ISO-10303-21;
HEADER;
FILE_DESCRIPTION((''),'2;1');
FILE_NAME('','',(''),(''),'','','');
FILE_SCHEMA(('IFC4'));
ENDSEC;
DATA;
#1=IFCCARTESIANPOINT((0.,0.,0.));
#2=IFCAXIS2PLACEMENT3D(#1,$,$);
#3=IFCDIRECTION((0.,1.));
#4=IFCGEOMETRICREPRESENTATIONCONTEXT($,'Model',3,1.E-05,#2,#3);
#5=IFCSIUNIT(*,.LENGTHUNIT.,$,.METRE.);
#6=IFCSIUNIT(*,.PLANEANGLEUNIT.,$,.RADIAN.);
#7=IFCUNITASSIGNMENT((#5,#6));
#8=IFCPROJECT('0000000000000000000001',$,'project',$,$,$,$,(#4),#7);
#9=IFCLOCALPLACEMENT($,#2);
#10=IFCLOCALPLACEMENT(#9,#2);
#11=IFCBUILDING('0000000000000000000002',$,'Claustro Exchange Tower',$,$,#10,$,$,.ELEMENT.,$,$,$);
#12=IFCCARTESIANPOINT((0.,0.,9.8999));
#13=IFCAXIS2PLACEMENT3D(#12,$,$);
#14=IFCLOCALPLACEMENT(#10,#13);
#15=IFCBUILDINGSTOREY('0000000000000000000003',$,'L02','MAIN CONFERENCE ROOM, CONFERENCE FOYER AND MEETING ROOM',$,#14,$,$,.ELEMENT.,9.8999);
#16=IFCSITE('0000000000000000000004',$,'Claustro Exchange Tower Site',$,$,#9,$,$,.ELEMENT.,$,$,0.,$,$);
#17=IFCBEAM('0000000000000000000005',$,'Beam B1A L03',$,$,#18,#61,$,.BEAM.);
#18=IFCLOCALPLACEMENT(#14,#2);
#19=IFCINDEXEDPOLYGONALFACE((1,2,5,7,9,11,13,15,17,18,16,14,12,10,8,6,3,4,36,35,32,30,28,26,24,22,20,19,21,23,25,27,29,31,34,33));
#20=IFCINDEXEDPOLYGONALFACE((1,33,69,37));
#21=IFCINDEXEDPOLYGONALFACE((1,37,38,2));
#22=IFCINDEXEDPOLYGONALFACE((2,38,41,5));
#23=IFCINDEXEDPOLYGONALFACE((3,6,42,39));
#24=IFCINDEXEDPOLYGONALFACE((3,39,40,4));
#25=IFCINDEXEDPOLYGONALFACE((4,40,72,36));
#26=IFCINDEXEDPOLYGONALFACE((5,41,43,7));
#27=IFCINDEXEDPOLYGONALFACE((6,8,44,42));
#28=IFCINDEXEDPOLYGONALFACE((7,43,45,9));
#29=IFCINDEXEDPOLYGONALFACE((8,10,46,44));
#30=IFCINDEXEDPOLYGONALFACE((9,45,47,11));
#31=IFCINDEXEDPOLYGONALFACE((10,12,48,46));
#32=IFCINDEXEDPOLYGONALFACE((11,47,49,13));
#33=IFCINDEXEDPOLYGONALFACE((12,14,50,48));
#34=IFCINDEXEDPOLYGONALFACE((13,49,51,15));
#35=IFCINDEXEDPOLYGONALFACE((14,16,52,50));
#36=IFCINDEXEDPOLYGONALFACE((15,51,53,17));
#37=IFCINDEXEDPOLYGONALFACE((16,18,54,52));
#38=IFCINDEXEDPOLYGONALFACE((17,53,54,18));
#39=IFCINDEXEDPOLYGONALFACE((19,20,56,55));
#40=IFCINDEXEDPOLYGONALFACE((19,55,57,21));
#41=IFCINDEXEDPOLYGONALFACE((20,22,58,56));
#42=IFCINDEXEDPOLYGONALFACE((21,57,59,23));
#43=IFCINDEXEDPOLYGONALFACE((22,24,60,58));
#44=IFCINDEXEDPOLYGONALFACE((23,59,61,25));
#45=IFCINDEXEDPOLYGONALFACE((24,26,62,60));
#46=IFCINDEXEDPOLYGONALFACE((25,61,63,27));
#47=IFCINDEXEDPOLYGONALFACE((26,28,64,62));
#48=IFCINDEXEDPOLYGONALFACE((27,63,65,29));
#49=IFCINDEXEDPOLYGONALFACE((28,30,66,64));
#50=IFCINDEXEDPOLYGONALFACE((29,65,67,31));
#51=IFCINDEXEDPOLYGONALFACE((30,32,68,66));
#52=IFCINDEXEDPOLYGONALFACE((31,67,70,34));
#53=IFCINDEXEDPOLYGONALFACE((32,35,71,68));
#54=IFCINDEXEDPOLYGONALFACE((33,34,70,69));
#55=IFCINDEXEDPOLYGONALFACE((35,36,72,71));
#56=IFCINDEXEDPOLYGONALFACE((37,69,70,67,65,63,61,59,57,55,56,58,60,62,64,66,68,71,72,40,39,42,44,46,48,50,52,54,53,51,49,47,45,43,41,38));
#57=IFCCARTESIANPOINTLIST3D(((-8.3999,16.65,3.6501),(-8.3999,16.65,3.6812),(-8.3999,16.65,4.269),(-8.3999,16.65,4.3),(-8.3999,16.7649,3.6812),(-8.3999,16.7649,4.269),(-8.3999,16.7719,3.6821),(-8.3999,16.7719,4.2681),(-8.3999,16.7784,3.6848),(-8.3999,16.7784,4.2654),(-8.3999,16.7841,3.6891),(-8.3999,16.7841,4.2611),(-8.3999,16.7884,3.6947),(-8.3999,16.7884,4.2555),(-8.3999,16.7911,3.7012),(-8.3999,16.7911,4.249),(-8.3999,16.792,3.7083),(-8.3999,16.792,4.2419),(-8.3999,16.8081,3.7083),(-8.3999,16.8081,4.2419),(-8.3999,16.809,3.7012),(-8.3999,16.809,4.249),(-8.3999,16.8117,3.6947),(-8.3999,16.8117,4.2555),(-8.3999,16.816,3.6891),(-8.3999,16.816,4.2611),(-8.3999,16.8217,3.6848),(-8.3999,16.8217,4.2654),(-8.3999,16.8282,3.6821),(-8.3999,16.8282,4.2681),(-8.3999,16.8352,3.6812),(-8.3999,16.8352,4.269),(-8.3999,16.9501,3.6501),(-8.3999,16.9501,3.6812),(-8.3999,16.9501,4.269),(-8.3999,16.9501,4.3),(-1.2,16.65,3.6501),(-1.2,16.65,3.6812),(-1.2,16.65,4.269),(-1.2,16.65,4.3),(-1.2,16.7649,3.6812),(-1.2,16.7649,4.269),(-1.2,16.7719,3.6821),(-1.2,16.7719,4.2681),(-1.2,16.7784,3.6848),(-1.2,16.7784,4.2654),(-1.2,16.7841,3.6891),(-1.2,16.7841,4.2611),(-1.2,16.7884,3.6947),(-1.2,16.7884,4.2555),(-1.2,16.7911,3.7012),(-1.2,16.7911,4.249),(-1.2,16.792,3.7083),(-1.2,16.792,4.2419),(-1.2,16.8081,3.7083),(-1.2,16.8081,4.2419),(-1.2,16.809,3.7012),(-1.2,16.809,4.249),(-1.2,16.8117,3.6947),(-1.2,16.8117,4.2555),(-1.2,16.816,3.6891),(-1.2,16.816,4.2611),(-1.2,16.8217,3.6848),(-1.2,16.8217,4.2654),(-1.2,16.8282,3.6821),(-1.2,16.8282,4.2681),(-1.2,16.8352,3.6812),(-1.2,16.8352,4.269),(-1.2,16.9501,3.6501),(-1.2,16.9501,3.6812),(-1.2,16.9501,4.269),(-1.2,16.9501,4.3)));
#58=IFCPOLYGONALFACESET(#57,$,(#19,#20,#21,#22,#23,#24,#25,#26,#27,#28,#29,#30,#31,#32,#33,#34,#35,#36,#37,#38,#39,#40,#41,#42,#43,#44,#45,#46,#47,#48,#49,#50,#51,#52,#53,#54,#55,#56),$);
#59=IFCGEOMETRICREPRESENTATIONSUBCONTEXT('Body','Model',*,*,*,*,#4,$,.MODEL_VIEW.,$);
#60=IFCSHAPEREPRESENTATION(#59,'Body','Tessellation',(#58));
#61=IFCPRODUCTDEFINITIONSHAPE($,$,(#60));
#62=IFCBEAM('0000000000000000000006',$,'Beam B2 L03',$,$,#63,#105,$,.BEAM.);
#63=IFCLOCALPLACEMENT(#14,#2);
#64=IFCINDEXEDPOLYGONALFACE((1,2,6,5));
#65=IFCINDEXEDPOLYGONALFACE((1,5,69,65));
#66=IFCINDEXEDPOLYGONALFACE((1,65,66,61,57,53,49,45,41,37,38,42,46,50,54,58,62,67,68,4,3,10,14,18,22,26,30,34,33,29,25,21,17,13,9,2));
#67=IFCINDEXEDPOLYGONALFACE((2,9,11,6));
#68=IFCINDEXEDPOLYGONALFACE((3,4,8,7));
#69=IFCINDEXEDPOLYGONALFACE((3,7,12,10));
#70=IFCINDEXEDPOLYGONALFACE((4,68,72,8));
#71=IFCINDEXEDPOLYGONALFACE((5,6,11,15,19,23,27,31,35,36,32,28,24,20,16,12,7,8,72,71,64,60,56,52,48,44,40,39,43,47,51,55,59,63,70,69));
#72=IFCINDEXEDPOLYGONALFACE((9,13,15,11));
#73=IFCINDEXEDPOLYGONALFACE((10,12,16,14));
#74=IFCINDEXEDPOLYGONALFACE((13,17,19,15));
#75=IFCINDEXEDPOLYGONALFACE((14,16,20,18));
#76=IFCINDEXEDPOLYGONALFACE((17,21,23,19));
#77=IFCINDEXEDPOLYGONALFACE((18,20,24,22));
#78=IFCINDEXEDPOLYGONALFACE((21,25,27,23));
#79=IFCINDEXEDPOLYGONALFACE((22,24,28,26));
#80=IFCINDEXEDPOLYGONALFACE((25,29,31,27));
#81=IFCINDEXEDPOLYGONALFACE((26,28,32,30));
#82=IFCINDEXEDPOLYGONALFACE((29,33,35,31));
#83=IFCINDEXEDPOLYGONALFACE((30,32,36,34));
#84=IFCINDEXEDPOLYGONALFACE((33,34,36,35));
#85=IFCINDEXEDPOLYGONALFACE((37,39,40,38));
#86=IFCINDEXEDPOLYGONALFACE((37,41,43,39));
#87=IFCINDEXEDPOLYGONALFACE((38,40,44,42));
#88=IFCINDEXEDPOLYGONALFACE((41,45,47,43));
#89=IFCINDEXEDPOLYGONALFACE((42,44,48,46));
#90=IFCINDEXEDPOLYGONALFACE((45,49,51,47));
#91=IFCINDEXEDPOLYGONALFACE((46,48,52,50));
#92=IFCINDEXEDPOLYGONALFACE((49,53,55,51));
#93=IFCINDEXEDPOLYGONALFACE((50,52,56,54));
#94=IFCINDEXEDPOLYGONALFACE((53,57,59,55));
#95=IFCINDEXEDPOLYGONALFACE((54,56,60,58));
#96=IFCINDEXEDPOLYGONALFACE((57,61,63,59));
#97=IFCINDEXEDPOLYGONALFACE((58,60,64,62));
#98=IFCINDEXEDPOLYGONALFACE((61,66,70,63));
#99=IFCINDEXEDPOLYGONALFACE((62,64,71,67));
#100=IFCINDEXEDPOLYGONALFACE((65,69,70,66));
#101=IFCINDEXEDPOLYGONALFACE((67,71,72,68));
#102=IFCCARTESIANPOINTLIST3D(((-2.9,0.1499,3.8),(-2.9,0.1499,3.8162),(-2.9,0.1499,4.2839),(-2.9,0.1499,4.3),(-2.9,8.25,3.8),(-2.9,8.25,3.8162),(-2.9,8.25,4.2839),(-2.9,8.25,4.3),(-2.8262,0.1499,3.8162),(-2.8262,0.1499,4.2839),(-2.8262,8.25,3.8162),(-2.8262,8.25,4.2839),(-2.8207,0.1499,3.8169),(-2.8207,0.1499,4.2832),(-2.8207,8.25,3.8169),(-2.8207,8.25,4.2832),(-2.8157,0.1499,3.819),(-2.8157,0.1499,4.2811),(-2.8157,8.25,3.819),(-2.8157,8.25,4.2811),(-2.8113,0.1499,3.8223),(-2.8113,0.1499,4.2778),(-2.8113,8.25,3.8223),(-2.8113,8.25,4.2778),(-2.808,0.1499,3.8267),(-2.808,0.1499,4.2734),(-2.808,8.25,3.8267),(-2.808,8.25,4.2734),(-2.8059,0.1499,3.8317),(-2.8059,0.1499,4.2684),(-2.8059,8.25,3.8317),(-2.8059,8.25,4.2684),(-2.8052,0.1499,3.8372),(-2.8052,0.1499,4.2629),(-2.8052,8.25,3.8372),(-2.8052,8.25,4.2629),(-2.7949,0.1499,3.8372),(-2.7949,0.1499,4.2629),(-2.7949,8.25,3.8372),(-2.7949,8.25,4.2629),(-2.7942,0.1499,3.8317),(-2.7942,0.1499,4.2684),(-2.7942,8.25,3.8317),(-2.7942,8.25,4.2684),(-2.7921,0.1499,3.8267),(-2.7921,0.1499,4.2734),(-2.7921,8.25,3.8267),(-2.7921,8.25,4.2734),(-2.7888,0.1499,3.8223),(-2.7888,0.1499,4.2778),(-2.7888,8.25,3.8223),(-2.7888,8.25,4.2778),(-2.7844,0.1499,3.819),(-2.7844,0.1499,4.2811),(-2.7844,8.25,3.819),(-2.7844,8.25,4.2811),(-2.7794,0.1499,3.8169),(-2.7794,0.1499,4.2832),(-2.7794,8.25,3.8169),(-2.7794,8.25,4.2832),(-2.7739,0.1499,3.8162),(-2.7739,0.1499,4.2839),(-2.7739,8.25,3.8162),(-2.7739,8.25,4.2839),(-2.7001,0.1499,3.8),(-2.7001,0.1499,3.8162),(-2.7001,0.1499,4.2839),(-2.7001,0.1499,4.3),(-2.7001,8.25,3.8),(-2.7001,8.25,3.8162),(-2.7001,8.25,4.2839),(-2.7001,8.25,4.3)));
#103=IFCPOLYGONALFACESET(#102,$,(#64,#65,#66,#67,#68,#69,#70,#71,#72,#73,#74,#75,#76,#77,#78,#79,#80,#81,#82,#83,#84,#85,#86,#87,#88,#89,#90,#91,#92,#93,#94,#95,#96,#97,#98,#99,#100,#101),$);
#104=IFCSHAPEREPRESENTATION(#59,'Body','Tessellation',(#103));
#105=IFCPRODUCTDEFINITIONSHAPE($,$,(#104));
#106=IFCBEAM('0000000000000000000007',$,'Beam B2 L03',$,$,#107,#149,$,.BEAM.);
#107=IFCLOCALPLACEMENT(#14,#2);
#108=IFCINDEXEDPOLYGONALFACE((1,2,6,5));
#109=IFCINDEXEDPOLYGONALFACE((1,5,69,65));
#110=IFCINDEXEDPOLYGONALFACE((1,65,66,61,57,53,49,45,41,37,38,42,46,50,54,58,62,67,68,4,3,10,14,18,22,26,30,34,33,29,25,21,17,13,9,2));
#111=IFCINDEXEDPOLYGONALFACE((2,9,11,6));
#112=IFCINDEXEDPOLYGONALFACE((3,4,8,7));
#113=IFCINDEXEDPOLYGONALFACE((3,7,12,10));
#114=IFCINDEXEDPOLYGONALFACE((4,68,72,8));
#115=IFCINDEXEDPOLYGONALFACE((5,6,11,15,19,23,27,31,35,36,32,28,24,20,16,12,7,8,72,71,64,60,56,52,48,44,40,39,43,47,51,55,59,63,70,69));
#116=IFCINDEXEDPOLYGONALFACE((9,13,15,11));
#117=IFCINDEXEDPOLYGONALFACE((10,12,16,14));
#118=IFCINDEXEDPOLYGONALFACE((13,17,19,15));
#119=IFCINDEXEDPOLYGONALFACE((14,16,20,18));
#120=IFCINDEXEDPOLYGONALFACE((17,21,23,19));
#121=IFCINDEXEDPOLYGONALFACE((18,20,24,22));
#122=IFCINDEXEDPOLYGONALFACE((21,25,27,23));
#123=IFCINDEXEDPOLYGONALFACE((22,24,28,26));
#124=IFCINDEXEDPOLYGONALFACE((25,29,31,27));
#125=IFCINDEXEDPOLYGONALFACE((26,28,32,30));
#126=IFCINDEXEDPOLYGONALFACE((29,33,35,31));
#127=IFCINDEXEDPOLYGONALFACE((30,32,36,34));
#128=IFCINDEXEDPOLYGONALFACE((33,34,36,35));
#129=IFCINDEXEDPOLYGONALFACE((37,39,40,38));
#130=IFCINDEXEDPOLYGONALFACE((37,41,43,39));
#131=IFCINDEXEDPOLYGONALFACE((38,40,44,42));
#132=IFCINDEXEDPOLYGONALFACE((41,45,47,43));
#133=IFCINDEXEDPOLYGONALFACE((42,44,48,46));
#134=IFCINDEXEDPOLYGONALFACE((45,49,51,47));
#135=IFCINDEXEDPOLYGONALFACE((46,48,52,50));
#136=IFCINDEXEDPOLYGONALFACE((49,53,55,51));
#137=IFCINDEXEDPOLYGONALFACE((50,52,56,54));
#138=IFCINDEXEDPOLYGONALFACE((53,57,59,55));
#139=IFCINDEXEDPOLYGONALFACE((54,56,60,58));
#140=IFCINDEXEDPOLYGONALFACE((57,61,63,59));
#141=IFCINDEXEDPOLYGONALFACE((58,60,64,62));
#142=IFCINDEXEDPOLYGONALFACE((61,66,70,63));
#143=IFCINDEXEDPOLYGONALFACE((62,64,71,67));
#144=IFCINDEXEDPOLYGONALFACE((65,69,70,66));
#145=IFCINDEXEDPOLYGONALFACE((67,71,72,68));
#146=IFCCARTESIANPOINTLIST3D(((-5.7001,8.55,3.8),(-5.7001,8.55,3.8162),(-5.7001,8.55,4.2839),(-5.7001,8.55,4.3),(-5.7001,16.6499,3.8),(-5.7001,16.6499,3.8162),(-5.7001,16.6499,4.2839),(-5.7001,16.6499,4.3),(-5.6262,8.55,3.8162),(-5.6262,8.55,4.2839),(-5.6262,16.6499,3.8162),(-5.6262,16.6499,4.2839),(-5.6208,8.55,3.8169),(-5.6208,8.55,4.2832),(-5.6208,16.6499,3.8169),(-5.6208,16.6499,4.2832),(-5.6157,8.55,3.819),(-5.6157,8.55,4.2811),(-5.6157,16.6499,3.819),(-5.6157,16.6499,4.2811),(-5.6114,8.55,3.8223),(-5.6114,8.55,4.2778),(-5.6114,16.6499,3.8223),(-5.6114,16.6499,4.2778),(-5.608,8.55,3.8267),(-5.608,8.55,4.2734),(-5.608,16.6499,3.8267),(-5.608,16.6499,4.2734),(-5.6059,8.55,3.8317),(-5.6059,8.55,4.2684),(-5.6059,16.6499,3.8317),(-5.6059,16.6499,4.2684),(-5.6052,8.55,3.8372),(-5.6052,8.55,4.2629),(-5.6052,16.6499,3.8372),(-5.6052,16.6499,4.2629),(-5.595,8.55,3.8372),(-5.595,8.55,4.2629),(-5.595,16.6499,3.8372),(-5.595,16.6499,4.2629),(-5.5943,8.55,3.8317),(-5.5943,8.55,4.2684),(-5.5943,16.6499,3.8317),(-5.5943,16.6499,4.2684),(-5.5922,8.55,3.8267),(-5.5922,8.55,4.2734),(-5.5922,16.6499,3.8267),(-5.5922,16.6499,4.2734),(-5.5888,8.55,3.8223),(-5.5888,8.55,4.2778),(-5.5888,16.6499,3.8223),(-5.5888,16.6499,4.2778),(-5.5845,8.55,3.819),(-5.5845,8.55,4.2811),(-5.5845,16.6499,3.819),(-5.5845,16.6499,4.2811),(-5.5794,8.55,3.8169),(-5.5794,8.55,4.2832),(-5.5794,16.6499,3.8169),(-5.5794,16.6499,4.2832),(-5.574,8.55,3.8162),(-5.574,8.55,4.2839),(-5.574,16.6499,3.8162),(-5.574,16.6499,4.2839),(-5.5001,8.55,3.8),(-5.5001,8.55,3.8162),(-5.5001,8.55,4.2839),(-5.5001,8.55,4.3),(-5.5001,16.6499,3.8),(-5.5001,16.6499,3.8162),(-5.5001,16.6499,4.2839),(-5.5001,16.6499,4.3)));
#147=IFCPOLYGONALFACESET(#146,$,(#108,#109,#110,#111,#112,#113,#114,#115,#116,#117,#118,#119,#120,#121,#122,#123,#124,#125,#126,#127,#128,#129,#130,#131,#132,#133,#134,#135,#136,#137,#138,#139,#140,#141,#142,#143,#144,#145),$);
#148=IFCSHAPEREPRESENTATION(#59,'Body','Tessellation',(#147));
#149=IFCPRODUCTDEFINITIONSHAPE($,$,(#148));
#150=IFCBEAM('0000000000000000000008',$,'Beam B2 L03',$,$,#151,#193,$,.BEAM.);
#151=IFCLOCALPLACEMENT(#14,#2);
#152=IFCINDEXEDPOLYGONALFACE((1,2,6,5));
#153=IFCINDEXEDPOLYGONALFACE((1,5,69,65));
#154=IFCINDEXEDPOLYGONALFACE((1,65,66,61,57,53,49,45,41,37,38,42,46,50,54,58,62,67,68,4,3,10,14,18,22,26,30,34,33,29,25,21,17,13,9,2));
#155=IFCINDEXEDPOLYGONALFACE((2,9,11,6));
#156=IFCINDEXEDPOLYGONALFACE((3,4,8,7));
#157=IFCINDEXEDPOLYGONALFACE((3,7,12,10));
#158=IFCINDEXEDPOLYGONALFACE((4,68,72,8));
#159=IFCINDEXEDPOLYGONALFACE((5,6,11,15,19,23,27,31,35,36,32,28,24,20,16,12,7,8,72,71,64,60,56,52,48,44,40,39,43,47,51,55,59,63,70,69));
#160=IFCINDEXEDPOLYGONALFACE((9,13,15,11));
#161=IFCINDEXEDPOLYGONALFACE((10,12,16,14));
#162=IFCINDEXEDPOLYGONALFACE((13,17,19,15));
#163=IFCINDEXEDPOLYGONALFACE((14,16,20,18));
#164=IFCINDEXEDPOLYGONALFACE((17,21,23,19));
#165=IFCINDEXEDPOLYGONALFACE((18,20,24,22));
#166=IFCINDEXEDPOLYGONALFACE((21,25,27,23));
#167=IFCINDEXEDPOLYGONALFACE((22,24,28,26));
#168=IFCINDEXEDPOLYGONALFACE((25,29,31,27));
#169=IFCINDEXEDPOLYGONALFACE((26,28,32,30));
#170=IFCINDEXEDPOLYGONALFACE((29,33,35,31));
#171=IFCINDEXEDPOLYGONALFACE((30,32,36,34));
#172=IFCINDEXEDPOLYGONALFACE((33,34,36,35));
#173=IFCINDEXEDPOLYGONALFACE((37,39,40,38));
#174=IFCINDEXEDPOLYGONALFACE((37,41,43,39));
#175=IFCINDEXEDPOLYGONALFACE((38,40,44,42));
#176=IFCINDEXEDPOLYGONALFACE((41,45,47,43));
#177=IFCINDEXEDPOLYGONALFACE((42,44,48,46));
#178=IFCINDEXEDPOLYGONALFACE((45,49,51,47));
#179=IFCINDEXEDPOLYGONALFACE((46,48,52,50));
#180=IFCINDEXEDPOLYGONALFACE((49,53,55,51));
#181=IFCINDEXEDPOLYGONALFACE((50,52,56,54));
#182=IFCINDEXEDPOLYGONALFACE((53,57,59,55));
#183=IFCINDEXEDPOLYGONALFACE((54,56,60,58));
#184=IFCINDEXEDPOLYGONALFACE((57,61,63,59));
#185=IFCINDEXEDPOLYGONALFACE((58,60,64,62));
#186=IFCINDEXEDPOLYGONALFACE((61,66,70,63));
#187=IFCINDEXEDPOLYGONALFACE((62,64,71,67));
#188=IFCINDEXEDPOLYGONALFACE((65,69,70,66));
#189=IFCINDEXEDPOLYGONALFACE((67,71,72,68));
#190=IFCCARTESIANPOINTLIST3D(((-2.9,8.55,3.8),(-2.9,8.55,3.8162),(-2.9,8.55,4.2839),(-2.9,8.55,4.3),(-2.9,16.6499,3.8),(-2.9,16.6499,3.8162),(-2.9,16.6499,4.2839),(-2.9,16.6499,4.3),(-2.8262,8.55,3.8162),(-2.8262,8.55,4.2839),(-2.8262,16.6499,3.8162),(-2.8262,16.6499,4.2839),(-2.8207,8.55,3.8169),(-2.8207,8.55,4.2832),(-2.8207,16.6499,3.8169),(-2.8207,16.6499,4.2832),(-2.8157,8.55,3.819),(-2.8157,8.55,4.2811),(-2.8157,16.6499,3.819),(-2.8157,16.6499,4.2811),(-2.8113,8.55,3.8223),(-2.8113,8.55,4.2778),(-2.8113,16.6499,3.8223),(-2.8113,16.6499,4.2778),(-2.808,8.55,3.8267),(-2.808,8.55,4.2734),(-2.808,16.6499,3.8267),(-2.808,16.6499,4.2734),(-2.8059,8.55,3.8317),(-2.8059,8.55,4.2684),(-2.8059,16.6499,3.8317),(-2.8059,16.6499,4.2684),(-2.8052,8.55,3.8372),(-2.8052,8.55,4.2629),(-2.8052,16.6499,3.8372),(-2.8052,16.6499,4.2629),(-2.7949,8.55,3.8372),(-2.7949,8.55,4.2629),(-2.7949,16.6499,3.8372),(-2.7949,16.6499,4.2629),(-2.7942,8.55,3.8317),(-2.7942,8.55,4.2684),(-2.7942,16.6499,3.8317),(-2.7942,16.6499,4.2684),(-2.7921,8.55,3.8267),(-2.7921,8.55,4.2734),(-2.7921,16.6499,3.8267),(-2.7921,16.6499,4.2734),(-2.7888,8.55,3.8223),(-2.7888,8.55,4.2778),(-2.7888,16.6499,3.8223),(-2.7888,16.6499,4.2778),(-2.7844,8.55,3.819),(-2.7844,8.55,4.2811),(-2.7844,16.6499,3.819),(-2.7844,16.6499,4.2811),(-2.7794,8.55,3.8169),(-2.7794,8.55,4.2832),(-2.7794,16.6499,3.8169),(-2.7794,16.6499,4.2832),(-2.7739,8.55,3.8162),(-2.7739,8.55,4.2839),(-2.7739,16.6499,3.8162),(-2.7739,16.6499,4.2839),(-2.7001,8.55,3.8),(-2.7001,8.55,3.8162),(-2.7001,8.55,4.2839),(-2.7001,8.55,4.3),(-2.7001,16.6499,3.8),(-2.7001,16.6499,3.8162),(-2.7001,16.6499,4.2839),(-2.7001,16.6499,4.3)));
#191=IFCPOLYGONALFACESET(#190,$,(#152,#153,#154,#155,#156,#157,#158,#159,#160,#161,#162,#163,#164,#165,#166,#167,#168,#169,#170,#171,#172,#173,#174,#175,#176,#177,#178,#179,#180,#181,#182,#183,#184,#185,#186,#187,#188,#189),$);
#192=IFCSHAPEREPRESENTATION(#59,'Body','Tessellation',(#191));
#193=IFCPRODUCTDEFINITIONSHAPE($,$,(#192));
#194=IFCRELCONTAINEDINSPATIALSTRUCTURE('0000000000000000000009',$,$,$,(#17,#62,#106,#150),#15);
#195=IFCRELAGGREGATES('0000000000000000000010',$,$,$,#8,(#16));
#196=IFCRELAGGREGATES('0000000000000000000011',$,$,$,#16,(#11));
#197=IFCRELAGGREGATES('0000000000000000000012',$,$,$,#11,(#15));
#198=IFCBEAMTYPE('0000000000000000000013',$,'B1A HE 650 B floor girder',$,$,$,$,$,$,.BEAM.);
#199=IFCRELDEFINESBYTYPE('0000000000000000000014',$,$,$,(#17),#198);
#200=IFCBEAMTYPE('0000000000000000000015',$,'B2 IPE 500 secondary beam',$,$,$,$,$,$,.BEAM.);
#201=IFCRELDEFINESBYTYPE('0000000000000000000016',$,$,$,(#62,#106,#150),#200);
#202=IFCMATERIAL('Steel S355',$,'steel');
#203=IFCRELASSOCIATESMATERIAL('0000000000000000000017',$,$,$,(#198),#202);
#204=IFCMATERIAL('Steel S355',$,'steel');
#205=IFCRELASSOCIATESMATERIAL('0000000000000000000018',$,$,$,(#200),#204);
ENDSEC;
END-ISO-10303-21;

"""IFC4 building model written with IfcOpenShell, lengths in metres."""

from ifc_helpers import new_model, si_unit, direction, frame, origin, origin_2d, place, context, subcontext, project, spatial, i_section, extrude, material, material_profile, profile_set, type_object, element, save


model = new_model("IFC4")

# Units and contexts
model_context = context("Model", 3, precision=1e-05, world=origin(), true_north=direction((0.0, 1.0)))
body_context = subcontext(model_context, "Body", "Model", "MODEL_VIEW")
ifc_project = project(units=[si_unit("LENGTHUNIT", "METRE"), si_unit("PLANEANGLEUNIT", "RADIAN")], contexts=[model_context])

# Site, building, storey
site_placement = place(None, origin())
site = spatial("IfcSite", under=ifc_project, at=site_placement, Name="Claustro Exchange Tower Site", CompositionType="ELEMENT", RefElevation=0.0)
building_placement = place(site_placement, origin())
building = spatial("IfcBuilding", under=site, at=building_placement, Name="Claustro Exchange Tower", CompositionType="ELEMENT")
storey_placement = place(building_placement, frame((0.0, 0.0, 9.8999)))
storey = spatial("IfcBuildingStorey", under=building, at=storey_placement, Name="L02", Description="MAIN CONFERENCE ROOM, CONFERENCE FOYER AND MEETING ROOM", CompositionType="ELEMENT", Elevation=9.8999)

# Beams
ifc_material_1 = material(Name="Steel S355", Category="steel")
ifc_material_profile_1 = material_profile(ifc_material_1, i_section(OverallWidth=0.3, OverallDepth=0.6499, WebThickness=0.0161, FlangeThickness=0.031, FilletRadius=0.0271, at=origin_2d()), Name="HE 650 B")
ifc_profile_set_1 = profile_set([ifc_material_profile_1], Name="Steel S355")
beam_type_1 = type_object("IfcBeamType", Name="B1A HE 650 B floor girder", PredefinedType="BEAM", material=ifc_profile_set_1)
beam_1_placement = place(storey_placement, frame((-8.3999, 16.8, 3.9751), z_axis=(1.0, 0.0, 0.0), x_axis=(0.0, 1.0, 0.0)))
element("IfcBeam", 1, at=beam_1_placement, inside=storey, type_object=beam_type_1, Name="Beam B1A L03", PredefinedType="BEAM", context=body_context, shape_type="SweptSolid", body=[
    extrude(i_section(OverallWidth=0.3, OverallDepth=0.6499, WebThickness=0.0161, FlangeThickness=0.031, FilletRadius=0.0271, at=origin_2d()), origin(), (0.0, 0.0, 1.0), 7.2),
])
ifc_material_2 = material(Name="Steel S355", Category="steel")
ifc_material_profile_2 = material_profile(ifc_material_2, i_section(OverallWidth=0.2, OverallDepth=0.5, WebThickness=0.0103, FlangeThickness=0.0161, FilletRadius=0.021, at=origin_2d()), Name="IPE 500")
ifc_profile_set_2 = profile_set([ifc_material_profile_2], Name="Steel S355")
beam_type_2 = type_object("IfcBeamType", Name="B2 IPE 500 secondary beam", PredefinedType="BEAM", material=ifc_profile_set_2)
beam_2_placement = place(storey_placement, frame((-2.8, 0.1499, 4.05), z_axis=(0.0, 1.0, 0.0), x_axis=(-1.0, 0.0, 0.0)))
element("IfcBeam", 2, at=beam_2_placement, inside=storey, type_object=beam_type_2, Name="Beam B2 L03", PredefinedType="BEAM", context=body_context, shape_type="SweptSolid", body=[
    extrude(i_section(OverallWidth=0.2, OverallDepth=0.5, WebThickness=0.0103, FlangeThickness=0.0161, FilletRadius=0.021, at=origin_2d()), origin(), (0.0, 0.0, 1.0), 8.1001),
])
for number, where, z_axis, x_axis, name in (
    (3, (-5.6001, 8.55, 4.05), (0.0, 1.0, 0.0), (-1.0, 0.0, 0.0), "Beam B2 L03"),
    (4, (-2.8, 8.55, 4.05), (0.0, 1.0, 0.0), (-1.0, 0.0, 0.0), "Beam B2 L03"),
):
    element("IfcBeam", number, at=place(storey_placement, frame(where, z_axis=z_axis, x_axis=x_axis)), inside=storey, type_object=beam_type_2, Name=name, PredefinedType="BEAM", context=body_context, shape_type="SweptSolid", body=[
        extrude(i_section(OverallWidth=0.2, OverallDepth=0.5, WebThickness=0.0103, FlangeThickness=0.0161, FilletRadius=0.021, at=origin_2d()), origin(), (0.0, 0.0, 1.0), 8.0999),
    ])

save(model, "model.ifc")
